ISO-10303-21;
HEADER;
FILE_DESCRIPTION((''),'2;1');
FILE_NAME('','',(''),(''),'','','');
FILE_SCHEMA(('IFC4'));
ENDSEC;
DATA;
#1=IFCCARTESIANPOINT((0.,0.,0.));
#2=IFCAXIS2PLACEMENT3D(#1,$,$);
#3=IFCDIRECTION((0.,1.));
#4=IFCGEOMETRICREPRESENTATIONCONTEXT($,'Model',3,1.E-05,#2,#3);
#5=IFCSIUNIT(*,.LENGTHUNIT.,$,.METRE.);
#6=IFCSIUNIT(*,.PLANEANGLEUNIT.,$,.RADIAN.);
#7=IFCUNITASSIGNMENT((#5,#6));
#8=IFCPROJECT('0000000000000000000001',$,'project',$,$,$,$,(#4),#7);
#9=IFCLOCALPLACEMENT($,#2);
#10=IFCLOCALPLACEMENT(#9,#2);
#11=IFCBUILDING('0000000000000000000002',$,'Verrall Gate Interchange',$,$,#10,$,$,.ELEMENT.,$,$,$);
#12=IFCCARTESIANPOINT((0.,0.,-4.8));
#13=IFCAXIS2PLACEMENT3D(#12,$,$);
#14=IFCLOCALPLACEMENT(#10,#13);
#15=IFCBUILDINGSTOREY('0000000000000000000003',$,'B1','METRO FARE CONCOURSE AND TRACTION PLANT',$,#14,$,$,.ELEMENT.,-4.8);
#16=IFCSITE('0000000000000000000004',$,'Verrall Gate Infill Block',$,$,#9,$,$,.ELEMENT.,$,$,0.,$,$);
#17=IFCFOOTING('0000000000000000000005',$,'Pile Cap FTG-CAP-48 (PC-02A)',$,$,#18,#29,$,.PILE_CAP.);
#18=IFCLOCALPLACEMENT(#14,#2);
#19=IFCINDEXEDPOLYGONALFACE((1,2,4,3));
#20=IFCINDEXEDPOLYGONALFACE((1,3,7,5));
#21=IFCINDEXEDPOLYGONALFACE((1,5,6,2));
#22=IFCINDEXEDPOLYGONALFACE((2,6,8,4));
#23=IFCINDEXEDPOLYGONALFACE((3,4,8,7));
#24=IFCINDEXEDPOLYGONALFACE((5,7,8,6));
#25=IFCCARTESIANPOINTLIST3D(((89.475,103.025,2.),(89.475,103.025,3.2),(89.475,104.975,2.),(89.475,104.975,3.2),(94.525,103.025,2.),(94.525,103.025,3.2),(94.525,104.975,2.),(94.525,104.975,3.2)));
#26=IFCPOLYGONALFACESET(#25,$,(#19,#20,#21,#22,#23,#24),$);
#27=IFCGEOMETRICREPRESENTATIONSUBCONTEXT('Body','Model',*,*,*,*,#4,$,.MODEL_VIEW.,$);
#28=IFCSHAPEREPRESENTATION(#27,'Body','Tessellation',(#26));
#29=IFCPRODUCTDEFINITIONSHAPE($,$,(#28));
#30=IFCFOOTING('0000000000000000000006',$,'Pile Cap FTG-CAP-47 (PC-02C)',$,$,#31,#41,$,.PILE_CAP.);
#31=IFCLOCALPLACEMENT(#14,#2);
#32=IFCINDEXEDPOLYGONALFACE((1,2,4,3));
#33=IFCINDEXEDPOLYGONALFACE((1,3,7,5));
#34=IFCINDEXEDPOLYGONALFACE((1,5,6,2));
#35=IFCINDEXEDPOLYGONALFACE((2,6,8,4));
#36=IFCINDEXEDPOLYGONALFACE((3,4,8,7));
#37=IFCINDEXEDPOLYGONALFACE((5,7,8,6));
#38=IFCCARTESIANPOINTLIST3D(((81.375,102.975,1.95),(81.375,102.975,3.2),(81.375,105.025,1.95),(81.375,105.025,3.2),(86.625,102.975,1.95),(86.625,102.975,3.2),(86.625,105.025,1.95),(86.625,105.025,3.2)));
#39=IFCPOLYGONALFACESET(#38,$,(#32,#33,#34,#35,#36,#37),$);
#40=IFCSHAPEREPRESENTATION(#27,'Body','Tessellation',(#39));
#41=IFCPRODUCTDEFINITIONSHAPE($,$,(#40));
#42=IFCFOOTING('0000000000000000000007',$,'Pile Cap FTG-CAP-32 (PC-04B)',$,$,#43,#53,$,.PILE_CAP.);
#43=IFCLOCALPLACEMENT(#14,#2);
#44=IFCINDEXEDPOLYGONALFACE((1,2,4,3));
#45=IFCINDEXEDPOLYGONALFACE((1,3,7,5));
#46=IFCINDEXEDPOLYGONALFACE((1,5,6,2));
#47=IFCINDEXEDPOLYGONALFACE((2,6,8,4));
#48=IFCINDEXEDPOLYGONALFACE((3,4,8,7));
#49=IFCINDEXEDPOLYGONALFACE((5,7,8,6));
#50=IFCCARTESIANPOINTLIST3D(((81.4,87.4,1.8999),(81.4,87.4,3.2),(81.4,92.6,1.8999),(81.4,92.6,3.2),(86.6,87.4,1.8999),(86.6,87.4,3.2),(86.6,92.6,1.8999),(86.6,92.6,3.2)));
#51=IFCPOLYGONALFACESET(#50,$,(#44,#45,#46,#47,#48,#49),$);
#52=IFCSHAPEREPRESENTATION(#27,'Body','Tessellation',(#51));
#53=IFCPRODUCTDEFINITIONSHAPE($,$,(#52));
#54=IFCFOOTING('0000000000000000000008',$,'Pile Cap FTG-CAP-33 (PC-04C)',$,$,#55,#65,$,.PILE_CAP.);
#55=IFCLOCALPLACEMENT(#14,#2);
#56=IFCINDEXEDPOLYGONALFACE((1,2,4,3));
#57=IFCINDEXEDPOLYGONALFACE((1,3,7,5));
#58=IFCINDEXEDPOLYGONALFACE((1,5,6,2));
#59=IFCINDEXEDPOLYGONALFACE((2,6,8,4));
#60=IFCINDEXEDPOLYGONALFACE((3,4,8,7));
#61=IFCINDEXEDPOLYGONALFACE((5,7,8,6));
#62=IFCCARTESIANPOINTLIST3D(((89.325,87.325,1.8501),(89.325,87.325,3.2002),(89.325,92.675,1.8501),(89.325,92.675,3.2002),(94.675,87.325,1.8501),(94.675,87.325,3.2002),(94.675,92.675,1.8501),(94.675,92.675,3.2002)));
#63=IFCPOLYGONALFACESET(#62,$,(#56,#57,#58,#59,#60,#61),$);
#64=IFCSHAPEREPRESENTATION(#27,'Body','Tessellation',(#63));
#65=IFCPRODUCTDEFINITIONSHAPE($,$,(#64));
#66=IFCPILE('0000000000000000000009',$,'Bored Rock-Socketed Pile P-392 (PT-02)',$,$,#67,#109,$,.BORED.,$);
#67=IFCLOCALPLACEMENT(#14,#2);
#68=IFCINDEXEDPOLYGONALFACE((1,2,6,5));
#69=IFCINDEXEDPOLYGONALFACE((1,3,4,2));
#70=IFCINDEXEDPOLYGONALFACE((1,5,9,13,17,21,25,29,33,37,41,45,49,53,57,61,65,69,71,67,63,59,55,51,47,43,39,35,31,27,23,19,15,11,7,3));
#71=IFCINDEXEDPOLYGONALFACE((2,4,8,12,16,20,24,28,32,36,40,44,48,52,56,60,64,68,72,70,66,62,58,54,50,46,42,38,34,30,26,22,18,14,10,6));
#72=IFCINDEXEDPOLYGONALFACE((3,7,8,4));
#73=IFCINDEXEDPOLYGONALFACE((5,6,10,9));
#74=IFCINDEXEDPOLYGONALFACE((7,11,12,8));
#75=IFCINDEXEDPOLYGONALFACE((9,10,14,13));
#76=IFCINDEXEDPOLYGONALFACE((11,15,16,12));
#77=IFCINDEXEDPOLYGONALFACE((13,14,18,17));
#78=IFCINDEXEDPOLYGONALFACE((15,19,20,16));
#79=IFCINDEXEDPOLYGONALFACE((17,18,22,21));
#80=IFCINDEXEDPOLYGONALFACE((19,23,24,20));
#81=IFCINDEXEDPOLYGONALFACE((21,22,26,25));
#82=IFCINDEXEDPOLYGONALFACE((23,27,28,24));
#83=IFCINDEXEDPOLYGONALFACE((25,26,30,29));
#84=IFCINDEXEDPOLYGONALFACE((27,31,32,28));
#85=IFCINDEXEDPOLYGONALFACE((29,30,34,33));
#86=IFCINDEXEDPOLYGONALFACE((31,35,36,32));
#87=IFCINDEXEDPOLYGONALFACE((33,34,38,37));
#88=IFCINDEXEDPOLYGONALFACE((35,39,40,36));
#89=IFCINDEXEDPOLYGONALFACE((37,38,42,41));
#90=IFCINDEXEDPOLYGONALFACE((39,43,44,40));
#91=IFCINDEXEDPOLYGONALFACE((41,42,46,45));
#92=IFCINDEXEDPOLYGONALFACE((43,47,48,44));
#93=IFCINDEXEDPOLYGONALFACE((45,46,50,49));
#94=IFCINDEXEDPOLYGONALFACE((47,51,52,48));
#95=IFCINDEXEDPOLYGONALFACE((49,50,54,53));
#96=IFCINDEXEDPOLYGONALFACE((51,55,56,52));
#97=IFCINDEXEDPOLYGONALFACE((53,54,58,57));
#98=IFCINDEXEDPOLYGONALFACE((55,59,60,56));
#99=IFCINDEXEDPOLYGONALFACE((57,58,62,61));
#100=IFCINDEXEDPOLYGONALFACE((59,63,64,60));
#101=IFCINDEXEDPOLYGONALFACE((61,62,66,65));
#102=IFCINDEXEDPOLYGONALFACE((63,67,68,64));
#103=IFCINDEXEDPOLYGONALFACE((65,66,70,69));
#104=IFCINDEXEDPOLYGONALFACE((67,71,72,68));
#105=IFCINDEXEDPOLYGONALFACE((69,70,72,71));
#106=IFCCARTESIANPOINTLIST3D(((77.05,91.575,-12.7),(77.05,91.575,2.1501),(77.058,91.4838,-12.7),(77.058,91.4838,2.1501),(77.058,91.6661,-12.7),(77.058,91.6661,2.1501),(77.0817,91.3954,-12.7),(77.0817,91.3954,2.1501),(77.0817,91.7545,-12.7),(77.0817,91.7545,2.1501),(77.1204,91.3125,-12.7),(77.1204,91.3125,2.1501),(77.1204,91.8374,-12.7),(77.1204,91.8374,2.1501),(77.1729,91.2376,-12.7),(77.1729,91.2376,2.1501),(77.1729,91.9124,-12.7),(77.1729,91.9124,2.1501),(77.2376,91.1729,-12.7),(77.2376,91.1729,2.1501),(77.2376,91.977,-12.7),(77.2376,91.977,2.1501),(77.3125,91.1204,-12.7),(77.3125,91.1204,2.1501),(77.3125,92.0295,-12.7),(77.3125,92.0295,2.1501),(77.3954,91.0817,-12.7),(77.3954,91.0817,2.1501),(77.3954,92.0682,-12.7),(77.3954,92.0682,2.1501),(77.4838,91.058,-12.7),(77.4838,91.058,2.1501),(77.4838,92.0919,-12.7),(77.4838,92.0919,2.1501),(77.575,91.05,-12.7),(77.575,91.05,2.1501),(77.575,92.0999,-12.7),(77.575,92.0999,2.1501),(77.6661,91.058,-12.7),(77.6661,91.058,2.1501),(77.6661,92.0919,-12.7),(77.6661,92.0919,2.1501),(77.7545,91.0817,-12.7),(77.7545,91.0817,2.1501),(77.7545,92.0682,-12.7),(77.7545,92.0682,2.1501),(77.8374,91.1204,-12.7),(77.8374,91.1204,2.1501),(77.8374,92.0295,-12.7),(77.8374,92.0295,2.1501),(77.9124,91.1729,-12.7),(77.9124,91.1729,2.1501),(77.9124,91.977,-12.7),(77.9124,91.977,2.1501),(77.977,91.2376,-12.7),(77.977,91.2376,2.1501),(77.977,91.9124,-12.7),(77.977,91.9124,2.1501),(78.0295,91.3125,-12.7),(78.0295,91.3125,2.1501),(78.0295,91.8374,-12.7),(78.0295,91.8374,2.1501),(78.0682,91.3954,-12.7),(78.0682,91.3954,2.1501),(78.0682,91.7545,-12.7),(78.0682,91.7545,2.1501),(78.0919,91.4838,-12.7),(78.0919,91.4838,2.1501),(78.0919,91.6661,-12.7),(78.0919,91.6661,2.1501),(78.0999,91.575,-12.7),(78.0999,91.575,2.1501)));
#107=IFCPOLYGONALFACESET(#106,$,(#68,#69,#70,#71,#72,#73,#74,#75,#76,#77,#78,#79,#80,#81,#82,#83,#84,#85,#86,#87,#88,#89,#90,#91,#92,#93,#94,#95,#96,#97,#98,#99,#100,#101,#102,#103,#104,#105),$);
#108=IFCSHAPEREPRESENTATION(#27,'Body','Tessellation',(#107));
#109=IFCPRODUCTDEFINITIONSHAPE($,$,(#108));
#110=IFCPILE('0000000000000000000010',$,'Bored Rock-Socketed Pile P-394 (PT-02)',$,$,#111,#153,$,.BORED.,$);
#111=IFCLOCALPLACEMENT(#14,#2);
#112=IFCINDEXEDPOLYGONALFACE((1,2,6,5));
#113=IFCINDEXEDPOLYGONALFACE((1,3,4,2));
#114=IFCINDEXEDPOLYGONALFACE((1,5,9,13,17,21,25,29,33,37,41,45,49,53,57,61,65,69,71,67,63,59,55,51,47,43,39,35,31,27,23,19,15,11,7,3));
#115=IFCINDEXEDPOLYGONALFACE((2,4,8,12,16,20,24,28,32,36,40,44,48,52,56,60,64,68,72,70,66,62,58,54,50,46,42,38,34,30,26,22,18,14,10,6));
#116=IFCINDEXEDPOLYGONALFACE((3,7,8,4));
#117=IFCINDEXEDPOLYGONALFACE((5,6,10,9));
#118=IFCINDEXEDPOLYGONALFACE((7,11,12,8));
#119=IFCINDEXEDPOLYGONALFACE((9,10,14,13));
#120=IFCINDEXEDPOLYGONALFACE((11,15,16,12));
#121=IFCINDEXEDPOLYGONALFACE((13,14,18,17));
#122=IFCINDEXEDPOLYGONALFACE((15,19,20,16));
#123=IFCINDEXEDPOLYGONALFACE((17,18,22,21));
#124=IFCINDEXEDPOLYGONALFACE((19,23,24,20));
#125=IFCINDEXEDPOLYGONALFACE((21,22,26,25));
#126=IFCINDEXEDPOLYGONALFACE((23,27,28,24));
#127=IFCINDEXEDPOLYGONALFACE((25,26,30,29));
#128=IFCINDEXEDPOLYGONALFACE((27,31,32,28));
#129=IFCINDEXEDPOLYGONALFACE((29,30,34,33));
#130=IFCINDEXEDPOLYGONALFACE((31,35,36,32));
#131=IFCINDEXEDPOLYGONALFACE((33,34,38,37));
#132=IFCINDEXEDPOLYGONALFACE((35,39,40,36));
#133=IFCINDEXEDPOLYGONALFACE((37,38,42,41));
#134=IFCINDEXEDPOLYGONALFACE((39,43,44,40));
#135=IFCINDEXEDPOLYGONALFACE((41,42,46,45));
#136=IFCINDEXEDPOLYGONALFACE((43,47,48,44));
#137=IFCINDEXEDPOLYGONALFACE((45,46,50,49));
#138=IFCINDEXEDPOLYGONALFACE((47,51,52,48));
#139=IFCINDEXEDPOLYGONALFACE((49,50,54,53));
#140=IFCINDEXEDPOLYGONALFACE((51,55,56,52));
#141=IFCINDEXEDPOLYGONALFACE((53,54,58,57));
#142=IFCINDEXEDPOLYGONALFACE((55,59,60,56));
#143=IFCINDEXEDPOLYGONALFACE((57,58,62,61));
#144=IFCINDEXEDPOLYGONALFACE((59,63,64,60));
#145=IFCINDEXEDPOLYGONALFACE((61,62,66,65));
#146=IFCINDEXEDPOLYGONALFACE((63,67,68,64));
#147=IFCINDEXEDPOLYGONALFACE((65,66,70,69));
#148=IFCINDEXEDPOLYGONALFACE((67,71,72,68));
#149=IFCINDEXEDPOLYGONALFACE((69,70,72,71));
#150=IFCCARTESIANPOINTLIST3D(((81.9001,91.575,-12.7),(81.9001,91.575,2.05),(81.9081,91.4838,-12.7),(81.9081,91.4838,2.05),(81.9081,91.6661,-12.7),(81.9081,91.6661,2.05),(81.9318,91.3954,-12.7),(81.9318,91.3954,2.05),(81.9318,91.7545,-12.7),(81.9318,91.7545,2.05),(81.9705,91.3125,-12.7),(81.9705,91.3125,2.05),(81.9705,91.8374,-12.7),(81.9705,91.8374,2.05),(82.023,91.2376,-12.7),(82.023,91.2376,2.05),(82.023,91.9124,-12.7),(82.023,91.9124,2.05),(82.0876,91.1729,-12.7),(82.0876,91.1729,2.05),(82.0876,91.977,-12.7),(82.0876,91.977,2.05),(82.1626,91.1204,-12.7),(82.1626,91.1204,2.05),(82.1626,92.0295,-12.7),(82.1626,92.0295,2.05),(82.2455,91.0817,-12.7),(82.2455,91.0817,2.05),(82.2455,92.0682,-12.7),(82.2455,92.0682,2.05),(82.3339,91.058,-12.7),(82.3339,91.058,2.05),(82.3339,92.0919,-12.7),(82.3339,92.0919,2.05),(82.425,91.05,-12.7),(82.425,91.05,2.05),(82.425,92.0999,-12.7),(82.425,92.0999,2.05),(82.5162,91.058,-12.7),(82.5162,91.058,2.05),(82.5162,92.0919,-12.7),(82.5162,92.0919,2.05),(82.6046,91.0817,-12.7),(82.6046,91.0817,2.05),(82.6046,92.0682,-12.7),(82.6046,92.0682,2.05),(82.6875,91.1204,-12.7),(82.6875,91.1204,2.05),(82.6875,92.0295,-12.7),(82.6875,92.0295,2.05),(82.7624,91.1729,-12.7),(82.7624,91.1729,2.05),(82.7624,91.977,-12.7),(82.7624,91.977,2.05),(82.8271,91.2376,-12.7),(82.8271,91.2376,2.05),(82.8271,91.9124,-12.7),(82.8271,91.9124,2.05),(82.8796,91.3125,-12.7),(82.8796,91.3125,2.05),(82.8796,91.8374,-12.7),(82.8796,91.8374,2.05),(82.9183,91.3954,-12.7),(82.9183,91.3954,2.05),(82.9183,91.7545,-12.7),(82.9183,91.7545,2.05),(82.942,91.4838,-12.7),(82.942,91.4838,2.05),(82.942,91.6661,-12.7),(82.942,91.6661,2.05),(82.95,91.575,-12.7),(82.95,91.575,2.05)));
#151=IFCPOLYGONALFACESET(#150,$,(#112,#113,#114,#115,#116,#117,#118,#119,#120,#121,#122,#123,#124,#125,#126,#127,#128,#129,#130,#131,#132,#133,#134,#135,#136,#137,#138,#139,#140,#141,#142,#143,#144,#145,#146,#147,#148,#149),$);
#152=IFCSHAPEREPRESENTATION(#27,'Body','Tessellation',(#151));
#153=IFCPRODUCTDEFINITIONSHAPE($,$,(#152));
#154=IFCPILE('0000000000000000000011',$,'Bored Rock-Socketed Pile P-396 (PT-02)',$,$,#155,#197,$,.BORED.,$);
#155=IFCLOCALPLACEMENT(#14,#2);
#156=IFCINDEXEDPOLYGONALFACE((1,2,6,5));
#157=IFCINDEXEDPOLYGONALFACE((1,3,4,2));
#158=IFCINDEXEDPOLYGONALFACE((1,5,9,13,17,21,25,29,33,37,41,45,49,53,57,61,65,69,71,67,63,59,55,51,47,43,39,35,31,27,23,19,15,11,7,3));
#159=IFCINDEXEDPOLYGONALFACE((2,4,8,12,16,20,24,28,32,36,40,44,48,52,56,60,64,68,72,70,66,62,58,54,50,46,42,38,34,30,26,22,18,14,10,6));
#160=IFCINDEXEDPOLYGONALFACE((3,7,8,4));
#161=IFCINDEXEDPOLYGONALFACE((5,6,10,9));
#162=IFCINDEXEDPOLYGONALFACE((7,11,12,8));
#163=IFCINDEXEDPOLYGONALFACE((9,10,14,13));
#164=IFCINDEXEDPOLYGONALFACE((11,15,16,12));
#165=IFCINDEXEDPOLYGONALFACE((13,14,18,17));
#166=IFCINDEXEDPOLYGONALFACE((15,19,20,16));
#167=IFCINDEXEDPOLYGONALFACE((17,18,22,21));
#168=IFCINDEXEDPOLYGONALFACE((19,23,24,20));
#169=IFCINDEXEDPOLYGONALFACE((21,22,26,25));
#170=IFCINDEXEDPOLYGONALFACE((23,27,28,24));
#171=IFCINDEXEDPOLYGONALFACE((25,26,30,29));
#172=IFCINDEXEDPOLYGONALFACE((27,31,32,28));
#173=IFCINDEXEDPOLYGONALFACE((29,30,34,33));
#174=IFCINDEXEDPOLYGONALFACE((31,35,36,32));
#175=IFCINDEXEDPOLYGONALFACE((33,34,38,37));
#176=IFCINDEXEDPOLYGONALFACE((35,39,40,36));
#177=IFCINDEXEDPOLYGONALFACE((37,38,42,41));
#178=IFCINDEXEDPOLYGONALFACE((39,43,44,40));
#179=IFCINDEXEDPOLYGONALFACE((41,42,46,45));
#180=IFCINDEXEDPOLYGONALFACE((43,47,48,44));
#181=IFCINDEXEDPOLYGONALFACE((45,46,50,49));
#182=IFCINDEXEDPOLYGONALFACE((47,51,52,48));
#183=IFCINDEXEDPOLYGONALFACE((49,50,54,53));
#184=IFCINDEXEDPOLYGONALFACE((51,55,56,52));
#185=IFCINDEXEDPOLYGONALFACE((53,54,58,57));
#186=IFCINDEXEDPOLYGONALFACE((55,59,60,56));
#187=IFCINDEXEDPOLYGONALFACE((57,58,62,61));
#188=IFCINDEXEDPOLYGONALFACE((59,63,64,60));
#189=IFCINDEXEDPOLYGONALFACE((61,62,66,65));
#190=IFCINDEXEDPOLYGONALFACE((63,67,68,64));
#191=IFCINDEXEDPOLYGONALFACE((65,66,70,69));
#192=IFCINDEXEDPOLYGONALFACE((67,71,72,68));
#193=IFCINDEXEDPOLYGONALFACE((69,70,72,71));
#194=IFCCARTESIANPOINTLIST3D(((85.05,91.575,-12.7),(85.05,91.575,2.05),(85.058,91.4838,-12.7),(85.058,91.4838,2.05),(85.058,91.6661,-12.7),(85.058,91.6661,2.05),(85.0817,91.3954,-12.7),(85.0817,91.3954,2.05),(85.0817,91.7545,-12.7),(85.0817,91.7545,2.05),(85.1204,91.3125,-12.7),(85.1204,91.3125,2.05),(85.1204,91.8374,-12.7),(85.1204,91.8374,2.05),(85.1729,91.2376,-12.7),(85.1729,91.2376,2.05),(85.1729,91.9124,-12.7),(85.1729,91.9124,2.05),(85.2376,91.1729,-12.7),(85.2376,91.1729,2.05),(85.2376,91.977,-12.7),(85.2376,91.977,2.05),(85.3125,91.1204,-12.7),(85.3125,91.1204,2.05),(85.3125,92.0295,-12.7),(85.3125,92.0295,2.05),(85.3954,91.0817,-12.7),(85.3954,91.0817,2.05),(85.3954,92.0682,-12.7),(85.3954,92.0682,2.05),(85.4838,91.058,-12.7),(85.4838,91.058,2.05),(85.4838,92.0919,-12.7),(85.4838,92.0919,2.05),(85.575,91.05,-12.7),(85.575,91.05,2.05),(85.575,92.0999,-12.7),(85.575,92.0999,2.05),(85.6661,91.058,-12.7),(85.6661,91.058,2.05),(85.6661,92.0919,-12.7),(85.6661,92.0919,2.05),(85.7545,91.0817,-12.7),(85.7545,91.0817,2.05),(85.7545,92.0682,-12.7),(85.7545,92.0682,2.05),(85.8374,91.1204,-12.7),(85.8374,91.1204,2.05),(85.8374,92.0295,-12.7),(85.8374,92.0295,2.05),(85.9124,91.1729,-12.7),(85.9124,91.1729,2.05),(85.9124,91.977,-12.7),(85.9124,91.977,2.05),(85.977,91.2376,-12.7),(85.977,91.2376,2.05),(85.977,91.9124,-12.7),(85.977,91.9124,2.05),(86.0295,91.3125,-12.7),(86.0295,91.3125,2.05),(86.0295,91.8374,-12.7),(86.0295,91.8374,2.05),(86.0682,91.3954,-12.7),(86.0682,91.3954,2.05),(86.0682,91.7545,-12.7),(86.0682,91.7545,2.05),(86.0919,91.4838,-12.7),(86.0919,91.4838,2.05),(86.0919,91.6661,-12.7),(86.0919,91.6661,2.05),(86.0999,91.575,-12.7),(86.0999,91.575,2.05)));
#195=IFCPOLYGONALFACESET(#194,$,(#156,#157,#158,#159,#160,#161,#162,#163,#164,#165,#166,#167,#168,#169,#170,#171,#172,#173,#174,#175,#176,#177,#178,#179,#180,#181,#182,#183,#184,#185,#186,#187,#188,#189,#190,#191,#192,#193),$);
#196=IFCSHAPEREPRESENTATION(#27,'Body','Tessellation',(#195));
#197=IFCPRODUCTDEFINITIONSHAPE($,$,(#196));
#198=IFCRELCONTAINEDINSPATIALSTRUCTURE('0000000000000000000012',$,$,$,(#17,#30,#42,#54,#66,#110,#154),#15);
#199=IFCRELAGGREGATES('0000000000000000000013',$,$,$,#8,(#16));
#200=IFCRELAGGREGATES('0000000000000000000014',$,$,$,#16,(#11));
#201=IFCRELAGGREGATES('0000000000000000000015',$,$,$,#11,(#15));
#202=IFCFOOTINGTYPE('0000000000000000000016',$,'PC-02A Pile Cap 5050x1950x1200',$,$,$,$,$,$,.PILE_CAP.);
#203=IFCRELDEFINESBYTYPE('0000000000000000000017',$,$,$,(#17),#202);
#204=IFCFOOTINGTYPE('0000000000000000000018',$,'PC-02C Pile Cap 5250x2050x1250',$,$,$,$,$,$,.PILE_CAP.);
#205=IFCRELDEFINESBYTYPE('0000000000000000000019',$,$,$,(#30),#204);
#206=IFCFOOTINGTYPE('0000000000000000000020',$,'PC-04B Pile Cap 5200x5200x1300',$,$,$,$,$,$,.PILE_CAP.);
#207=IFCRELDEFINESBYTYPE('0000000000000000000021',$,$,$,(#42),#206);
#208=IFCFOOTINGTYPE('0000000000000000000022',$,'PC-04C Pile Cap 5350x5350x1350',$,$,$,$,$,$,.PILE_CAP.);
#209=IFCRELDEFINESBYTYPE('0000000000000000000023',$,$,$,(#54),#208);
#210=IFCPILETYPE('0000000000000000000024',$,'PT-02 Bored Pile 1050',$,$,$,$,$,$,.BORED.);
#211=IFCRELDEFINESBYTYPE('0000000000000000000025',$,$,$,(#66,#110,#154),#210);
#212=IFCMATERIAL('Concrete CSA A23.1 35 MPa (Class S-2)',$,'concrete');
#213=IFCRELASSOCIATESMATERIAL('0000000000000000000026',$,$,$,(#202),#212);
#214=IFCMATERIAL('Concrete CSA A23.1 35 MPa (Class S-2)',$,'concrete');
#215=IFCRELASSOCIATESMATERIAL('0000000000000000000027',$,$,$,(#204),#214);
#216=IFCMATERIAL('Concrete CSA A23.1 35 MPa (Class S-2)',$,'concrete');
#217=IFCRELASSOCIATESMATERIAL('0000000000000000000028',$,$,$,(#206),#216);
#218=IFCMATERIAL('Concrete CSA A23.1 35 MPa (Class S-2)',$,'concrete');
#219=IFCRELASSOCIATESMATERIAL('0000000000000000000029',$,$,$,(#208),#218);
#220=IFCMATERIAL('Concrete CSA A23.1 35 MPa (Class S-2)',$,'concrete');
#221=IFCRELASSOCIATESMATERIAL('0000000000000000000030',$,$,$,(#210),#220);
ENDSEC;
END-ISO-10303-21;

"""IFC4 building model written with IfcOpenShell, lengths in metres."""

from ifc_helpers import new_model, si_unit, direction, frame, origin, origin_2d, place, context, subcontext, project, spatial, rectangle, circle, extrude, material, material_profile, profile_set, type_object, element, save


model = new_model("IFC4")

# Units and contexts
model_context = context("Model", 3, precision=1e-05, world=origin(), true_north=direction((0.0, 1.0)))
body_context = subcontext(model_context, "Body", "Model", "MODEL_VIEW")
ifc_project = project(units=[si_unit("LENGTHUNIT", "METRE"), si_unit("PLANEANGLEUNIT", "RADIAN")], contexts=[model_context])

# Site, building, storey
site_placement = place(None, origin())
site = spatial("IfcSite", under=ifc_project, at=site_placement, Name="Verrall Gate Infill Block", CompositionType="ELEMENT", RefElevation=0.0)
building_placement = place(site_placement, origin())
building = spatial("IfcBuilding", under=site, at=building_placement, Name="Verrall Gate Interchange", CompositionType="ELEMENT")
storey_placement = place(building_placement, frame((0.0, 0.0, -4.8)))
storey = spatial("IfcBuildingStorey", under=building, at=storey_placement, Name="B1", Description="METRO FARE CONCOURSE AND TRACTION PLANT", CompositionType="ELEMENT", Elevation=-4.8)

# Footings
ifc_material_1 = material(Name="Concrete CSA A23.1 35 MPa (Class S-2)", Category="concrete")
footing_type_1 = type_object("IfcFootingType", Name="PC-02A Pile Cap 5050x1950x1200", PredefinedType="PILE_CAP", material=ifc_material_1)
footing_1_placement = place(storey_placement, frame((92.0, 104.0, 2.0), z_axis=(0.0, 0.0, 1.0), x_axis=(1.0, 0.0, 0.0)))
element("IfcFooting", 1, at=footing_1_placement, inside=storey, type_object=footing_type_1, Name="Pile Cap FTG-CAP-48 (PC-02A)", PredefinedType="PILE_CAP", context=body_context, shape_type="SweptSolid", body=[
    extrude(rectangle(XDim=5.05, YDim=1.95, at=origin_2d()), origin(), (0.0, 0.0, 1.0), 1.2),
])
ifc_material_2 = material(Name="Concrete CSA A23.1 35 MPa (Class S-2)", Category="concrete")
footing_type_2 = type_object("IfcFootingType", Name="PC-02C Pile Cap 5250x2050x1250", PredefinedType="PILE_CAP", material=ifc_material_2)
footing_2_placement = place(storey_placement, frame((84.0, 104.0, 1.95), z_axis=(0.0, 0.0, 1.0), x_axis=(1.0, 0.0, 0.0)))
element("IfcFooting", 2, at=footing_2_placement, inside=storey, type_object=footing_type_2, Name="Pile Cap FTG-CAP-47 (PC-02C)", PredefinedType="PILE_CAP", context=body_context, shape_type="SweptSolid", body=[
    extrude(rectangle(XDim=5.25, YDim=2.05, at=origin_2d()), origin(), (0.0, 0.0, 1.0), 1.25),
])
ifc_material_3 = material(Name="Concrete CSA A23.1 35 MPa (Class S-2)", Category="concrete")
footing_type_3 = type_object("IfcFootingType", Name="PC-04B Pile Cap 5200x5200x1300", PredefinedType="PILE_CAP", material=ifc_material_3)
footing_3_placement = place(storey_placement, frame((84.0, 90.0, 1.8999), z_axis=(0.0, 0.0, 1.0), x_axis=(1.0, 0.0, 0.0)))
element("IfcFooting", 3, at=footing_3_placement, inside=storey, type_object=footing_type_3, Name="Pile Cap FTG-CAP-32 (PC-04B)", PredefinedType="PILE_CAP", context=body_context, shape_type="SweptSolid", body=[
    extrude(rectangle(XDim=5.2, YDim=5.2, at=origin_2d()), origin(), (0.0, 0.0, 1.0), 1.3),
])
ifc_material_4 = material(Name="Concrete CSA A23.1 35 MPa (Class S-2)", Category="concrete")
footing_type_4 = type_object("IfcFootingType", Name="PC-04C Pile Cap 5350x5350x1350", PredefinedType="PILE_CAP", material=ifc_material_4)
footing_4_placement = place(storey_placement, frame((92.0, 90.0, 1.8501), z_axis=(0.0, 0.0, 1.0), x_axis=(1.0, 0.0, 0.0)))
element("IfcFooting", 4, at=footing_4_placement, inside=storey, type_object=footing_type_4, Name="Pile Cap FTG-CAP-33 (PC-04C)", PredefinedType="PILE_CAP", context=body_context, shape_type="SweptSolid", body=[
    extrude(rectangle(XDim=5.3501, YDim=5.3501, at=origin_2d()), origin(), (0.0, 0.0, 1.0), 1.3501),
])

# Piles
ifc_material_5 = material(Name="Concrete CSA A23.1 35 MPa (Class S-2)", Category="concrete")
ifc_material_profile_1 = material_profile(ifc_material_5, circle(Radius=0.5249, at=origin_2d()), Name="PILE1050D")
ifc_profile_set_1 = profile_set([ifc_material_profile_1], Name="Concrete CSA A23.1 35 MPa (Class S-2)")
pile_type = type_object("IfcPileType", Name="PT-02 Bored Pile 1050", PredefinedType="BORED", material=ifc_profile_set_1)
pile_1_placement = place(storey_placement, frame((77.575, 91.575, 2.1501), z_axis=(0.0, 0.0, -1.0), x_axis=(1.0, 0.0, 0.0)))
element("IfcPile", 5, at=pile_1_placement, inside=storey, type_object=pile_type, Name="Bored Rock-Socketed Pile P-392 (PT-02)", PredefinedType="BORED", context=body_context, shape_type="SweptSolid", body=[
    extrude(circle(Radius=0.5249, at=origin_2d()), origin(), (0.0, 0.0, 1.0), 14.8501),
])
for number, where, z_axis, x_axis, name in (
    (6, (82.425, 91.575, 2.05), (0.0, 0.0, -1.0), (1.0, 0.0, 0.0), "Bored Rock-Socketed Pile P-394 (PT-02)"),
    (7, (85.575, 91.575, 2.05), (0.0, 0.0, -1.0), (1.0, 0.0, 0.0), "Bored Rock-Socketed Pile P-396 (PT-02)"),
):
    element("IfcPile", number, at=place(storey_placement, frame(where, z_axis=z_axis, x_axis=x_axis)), inside=storey, type_object=pile_type, Name=name, PredefinedType="BORED", context=body_context, shape_type="SweptSolid", body=[
        extrude(circle(Radius=0.5249, at=origin_2d()), origin(), (0.0, 0.0, 1.0), 14.75),
    ])

save(model, "model.ifc")
